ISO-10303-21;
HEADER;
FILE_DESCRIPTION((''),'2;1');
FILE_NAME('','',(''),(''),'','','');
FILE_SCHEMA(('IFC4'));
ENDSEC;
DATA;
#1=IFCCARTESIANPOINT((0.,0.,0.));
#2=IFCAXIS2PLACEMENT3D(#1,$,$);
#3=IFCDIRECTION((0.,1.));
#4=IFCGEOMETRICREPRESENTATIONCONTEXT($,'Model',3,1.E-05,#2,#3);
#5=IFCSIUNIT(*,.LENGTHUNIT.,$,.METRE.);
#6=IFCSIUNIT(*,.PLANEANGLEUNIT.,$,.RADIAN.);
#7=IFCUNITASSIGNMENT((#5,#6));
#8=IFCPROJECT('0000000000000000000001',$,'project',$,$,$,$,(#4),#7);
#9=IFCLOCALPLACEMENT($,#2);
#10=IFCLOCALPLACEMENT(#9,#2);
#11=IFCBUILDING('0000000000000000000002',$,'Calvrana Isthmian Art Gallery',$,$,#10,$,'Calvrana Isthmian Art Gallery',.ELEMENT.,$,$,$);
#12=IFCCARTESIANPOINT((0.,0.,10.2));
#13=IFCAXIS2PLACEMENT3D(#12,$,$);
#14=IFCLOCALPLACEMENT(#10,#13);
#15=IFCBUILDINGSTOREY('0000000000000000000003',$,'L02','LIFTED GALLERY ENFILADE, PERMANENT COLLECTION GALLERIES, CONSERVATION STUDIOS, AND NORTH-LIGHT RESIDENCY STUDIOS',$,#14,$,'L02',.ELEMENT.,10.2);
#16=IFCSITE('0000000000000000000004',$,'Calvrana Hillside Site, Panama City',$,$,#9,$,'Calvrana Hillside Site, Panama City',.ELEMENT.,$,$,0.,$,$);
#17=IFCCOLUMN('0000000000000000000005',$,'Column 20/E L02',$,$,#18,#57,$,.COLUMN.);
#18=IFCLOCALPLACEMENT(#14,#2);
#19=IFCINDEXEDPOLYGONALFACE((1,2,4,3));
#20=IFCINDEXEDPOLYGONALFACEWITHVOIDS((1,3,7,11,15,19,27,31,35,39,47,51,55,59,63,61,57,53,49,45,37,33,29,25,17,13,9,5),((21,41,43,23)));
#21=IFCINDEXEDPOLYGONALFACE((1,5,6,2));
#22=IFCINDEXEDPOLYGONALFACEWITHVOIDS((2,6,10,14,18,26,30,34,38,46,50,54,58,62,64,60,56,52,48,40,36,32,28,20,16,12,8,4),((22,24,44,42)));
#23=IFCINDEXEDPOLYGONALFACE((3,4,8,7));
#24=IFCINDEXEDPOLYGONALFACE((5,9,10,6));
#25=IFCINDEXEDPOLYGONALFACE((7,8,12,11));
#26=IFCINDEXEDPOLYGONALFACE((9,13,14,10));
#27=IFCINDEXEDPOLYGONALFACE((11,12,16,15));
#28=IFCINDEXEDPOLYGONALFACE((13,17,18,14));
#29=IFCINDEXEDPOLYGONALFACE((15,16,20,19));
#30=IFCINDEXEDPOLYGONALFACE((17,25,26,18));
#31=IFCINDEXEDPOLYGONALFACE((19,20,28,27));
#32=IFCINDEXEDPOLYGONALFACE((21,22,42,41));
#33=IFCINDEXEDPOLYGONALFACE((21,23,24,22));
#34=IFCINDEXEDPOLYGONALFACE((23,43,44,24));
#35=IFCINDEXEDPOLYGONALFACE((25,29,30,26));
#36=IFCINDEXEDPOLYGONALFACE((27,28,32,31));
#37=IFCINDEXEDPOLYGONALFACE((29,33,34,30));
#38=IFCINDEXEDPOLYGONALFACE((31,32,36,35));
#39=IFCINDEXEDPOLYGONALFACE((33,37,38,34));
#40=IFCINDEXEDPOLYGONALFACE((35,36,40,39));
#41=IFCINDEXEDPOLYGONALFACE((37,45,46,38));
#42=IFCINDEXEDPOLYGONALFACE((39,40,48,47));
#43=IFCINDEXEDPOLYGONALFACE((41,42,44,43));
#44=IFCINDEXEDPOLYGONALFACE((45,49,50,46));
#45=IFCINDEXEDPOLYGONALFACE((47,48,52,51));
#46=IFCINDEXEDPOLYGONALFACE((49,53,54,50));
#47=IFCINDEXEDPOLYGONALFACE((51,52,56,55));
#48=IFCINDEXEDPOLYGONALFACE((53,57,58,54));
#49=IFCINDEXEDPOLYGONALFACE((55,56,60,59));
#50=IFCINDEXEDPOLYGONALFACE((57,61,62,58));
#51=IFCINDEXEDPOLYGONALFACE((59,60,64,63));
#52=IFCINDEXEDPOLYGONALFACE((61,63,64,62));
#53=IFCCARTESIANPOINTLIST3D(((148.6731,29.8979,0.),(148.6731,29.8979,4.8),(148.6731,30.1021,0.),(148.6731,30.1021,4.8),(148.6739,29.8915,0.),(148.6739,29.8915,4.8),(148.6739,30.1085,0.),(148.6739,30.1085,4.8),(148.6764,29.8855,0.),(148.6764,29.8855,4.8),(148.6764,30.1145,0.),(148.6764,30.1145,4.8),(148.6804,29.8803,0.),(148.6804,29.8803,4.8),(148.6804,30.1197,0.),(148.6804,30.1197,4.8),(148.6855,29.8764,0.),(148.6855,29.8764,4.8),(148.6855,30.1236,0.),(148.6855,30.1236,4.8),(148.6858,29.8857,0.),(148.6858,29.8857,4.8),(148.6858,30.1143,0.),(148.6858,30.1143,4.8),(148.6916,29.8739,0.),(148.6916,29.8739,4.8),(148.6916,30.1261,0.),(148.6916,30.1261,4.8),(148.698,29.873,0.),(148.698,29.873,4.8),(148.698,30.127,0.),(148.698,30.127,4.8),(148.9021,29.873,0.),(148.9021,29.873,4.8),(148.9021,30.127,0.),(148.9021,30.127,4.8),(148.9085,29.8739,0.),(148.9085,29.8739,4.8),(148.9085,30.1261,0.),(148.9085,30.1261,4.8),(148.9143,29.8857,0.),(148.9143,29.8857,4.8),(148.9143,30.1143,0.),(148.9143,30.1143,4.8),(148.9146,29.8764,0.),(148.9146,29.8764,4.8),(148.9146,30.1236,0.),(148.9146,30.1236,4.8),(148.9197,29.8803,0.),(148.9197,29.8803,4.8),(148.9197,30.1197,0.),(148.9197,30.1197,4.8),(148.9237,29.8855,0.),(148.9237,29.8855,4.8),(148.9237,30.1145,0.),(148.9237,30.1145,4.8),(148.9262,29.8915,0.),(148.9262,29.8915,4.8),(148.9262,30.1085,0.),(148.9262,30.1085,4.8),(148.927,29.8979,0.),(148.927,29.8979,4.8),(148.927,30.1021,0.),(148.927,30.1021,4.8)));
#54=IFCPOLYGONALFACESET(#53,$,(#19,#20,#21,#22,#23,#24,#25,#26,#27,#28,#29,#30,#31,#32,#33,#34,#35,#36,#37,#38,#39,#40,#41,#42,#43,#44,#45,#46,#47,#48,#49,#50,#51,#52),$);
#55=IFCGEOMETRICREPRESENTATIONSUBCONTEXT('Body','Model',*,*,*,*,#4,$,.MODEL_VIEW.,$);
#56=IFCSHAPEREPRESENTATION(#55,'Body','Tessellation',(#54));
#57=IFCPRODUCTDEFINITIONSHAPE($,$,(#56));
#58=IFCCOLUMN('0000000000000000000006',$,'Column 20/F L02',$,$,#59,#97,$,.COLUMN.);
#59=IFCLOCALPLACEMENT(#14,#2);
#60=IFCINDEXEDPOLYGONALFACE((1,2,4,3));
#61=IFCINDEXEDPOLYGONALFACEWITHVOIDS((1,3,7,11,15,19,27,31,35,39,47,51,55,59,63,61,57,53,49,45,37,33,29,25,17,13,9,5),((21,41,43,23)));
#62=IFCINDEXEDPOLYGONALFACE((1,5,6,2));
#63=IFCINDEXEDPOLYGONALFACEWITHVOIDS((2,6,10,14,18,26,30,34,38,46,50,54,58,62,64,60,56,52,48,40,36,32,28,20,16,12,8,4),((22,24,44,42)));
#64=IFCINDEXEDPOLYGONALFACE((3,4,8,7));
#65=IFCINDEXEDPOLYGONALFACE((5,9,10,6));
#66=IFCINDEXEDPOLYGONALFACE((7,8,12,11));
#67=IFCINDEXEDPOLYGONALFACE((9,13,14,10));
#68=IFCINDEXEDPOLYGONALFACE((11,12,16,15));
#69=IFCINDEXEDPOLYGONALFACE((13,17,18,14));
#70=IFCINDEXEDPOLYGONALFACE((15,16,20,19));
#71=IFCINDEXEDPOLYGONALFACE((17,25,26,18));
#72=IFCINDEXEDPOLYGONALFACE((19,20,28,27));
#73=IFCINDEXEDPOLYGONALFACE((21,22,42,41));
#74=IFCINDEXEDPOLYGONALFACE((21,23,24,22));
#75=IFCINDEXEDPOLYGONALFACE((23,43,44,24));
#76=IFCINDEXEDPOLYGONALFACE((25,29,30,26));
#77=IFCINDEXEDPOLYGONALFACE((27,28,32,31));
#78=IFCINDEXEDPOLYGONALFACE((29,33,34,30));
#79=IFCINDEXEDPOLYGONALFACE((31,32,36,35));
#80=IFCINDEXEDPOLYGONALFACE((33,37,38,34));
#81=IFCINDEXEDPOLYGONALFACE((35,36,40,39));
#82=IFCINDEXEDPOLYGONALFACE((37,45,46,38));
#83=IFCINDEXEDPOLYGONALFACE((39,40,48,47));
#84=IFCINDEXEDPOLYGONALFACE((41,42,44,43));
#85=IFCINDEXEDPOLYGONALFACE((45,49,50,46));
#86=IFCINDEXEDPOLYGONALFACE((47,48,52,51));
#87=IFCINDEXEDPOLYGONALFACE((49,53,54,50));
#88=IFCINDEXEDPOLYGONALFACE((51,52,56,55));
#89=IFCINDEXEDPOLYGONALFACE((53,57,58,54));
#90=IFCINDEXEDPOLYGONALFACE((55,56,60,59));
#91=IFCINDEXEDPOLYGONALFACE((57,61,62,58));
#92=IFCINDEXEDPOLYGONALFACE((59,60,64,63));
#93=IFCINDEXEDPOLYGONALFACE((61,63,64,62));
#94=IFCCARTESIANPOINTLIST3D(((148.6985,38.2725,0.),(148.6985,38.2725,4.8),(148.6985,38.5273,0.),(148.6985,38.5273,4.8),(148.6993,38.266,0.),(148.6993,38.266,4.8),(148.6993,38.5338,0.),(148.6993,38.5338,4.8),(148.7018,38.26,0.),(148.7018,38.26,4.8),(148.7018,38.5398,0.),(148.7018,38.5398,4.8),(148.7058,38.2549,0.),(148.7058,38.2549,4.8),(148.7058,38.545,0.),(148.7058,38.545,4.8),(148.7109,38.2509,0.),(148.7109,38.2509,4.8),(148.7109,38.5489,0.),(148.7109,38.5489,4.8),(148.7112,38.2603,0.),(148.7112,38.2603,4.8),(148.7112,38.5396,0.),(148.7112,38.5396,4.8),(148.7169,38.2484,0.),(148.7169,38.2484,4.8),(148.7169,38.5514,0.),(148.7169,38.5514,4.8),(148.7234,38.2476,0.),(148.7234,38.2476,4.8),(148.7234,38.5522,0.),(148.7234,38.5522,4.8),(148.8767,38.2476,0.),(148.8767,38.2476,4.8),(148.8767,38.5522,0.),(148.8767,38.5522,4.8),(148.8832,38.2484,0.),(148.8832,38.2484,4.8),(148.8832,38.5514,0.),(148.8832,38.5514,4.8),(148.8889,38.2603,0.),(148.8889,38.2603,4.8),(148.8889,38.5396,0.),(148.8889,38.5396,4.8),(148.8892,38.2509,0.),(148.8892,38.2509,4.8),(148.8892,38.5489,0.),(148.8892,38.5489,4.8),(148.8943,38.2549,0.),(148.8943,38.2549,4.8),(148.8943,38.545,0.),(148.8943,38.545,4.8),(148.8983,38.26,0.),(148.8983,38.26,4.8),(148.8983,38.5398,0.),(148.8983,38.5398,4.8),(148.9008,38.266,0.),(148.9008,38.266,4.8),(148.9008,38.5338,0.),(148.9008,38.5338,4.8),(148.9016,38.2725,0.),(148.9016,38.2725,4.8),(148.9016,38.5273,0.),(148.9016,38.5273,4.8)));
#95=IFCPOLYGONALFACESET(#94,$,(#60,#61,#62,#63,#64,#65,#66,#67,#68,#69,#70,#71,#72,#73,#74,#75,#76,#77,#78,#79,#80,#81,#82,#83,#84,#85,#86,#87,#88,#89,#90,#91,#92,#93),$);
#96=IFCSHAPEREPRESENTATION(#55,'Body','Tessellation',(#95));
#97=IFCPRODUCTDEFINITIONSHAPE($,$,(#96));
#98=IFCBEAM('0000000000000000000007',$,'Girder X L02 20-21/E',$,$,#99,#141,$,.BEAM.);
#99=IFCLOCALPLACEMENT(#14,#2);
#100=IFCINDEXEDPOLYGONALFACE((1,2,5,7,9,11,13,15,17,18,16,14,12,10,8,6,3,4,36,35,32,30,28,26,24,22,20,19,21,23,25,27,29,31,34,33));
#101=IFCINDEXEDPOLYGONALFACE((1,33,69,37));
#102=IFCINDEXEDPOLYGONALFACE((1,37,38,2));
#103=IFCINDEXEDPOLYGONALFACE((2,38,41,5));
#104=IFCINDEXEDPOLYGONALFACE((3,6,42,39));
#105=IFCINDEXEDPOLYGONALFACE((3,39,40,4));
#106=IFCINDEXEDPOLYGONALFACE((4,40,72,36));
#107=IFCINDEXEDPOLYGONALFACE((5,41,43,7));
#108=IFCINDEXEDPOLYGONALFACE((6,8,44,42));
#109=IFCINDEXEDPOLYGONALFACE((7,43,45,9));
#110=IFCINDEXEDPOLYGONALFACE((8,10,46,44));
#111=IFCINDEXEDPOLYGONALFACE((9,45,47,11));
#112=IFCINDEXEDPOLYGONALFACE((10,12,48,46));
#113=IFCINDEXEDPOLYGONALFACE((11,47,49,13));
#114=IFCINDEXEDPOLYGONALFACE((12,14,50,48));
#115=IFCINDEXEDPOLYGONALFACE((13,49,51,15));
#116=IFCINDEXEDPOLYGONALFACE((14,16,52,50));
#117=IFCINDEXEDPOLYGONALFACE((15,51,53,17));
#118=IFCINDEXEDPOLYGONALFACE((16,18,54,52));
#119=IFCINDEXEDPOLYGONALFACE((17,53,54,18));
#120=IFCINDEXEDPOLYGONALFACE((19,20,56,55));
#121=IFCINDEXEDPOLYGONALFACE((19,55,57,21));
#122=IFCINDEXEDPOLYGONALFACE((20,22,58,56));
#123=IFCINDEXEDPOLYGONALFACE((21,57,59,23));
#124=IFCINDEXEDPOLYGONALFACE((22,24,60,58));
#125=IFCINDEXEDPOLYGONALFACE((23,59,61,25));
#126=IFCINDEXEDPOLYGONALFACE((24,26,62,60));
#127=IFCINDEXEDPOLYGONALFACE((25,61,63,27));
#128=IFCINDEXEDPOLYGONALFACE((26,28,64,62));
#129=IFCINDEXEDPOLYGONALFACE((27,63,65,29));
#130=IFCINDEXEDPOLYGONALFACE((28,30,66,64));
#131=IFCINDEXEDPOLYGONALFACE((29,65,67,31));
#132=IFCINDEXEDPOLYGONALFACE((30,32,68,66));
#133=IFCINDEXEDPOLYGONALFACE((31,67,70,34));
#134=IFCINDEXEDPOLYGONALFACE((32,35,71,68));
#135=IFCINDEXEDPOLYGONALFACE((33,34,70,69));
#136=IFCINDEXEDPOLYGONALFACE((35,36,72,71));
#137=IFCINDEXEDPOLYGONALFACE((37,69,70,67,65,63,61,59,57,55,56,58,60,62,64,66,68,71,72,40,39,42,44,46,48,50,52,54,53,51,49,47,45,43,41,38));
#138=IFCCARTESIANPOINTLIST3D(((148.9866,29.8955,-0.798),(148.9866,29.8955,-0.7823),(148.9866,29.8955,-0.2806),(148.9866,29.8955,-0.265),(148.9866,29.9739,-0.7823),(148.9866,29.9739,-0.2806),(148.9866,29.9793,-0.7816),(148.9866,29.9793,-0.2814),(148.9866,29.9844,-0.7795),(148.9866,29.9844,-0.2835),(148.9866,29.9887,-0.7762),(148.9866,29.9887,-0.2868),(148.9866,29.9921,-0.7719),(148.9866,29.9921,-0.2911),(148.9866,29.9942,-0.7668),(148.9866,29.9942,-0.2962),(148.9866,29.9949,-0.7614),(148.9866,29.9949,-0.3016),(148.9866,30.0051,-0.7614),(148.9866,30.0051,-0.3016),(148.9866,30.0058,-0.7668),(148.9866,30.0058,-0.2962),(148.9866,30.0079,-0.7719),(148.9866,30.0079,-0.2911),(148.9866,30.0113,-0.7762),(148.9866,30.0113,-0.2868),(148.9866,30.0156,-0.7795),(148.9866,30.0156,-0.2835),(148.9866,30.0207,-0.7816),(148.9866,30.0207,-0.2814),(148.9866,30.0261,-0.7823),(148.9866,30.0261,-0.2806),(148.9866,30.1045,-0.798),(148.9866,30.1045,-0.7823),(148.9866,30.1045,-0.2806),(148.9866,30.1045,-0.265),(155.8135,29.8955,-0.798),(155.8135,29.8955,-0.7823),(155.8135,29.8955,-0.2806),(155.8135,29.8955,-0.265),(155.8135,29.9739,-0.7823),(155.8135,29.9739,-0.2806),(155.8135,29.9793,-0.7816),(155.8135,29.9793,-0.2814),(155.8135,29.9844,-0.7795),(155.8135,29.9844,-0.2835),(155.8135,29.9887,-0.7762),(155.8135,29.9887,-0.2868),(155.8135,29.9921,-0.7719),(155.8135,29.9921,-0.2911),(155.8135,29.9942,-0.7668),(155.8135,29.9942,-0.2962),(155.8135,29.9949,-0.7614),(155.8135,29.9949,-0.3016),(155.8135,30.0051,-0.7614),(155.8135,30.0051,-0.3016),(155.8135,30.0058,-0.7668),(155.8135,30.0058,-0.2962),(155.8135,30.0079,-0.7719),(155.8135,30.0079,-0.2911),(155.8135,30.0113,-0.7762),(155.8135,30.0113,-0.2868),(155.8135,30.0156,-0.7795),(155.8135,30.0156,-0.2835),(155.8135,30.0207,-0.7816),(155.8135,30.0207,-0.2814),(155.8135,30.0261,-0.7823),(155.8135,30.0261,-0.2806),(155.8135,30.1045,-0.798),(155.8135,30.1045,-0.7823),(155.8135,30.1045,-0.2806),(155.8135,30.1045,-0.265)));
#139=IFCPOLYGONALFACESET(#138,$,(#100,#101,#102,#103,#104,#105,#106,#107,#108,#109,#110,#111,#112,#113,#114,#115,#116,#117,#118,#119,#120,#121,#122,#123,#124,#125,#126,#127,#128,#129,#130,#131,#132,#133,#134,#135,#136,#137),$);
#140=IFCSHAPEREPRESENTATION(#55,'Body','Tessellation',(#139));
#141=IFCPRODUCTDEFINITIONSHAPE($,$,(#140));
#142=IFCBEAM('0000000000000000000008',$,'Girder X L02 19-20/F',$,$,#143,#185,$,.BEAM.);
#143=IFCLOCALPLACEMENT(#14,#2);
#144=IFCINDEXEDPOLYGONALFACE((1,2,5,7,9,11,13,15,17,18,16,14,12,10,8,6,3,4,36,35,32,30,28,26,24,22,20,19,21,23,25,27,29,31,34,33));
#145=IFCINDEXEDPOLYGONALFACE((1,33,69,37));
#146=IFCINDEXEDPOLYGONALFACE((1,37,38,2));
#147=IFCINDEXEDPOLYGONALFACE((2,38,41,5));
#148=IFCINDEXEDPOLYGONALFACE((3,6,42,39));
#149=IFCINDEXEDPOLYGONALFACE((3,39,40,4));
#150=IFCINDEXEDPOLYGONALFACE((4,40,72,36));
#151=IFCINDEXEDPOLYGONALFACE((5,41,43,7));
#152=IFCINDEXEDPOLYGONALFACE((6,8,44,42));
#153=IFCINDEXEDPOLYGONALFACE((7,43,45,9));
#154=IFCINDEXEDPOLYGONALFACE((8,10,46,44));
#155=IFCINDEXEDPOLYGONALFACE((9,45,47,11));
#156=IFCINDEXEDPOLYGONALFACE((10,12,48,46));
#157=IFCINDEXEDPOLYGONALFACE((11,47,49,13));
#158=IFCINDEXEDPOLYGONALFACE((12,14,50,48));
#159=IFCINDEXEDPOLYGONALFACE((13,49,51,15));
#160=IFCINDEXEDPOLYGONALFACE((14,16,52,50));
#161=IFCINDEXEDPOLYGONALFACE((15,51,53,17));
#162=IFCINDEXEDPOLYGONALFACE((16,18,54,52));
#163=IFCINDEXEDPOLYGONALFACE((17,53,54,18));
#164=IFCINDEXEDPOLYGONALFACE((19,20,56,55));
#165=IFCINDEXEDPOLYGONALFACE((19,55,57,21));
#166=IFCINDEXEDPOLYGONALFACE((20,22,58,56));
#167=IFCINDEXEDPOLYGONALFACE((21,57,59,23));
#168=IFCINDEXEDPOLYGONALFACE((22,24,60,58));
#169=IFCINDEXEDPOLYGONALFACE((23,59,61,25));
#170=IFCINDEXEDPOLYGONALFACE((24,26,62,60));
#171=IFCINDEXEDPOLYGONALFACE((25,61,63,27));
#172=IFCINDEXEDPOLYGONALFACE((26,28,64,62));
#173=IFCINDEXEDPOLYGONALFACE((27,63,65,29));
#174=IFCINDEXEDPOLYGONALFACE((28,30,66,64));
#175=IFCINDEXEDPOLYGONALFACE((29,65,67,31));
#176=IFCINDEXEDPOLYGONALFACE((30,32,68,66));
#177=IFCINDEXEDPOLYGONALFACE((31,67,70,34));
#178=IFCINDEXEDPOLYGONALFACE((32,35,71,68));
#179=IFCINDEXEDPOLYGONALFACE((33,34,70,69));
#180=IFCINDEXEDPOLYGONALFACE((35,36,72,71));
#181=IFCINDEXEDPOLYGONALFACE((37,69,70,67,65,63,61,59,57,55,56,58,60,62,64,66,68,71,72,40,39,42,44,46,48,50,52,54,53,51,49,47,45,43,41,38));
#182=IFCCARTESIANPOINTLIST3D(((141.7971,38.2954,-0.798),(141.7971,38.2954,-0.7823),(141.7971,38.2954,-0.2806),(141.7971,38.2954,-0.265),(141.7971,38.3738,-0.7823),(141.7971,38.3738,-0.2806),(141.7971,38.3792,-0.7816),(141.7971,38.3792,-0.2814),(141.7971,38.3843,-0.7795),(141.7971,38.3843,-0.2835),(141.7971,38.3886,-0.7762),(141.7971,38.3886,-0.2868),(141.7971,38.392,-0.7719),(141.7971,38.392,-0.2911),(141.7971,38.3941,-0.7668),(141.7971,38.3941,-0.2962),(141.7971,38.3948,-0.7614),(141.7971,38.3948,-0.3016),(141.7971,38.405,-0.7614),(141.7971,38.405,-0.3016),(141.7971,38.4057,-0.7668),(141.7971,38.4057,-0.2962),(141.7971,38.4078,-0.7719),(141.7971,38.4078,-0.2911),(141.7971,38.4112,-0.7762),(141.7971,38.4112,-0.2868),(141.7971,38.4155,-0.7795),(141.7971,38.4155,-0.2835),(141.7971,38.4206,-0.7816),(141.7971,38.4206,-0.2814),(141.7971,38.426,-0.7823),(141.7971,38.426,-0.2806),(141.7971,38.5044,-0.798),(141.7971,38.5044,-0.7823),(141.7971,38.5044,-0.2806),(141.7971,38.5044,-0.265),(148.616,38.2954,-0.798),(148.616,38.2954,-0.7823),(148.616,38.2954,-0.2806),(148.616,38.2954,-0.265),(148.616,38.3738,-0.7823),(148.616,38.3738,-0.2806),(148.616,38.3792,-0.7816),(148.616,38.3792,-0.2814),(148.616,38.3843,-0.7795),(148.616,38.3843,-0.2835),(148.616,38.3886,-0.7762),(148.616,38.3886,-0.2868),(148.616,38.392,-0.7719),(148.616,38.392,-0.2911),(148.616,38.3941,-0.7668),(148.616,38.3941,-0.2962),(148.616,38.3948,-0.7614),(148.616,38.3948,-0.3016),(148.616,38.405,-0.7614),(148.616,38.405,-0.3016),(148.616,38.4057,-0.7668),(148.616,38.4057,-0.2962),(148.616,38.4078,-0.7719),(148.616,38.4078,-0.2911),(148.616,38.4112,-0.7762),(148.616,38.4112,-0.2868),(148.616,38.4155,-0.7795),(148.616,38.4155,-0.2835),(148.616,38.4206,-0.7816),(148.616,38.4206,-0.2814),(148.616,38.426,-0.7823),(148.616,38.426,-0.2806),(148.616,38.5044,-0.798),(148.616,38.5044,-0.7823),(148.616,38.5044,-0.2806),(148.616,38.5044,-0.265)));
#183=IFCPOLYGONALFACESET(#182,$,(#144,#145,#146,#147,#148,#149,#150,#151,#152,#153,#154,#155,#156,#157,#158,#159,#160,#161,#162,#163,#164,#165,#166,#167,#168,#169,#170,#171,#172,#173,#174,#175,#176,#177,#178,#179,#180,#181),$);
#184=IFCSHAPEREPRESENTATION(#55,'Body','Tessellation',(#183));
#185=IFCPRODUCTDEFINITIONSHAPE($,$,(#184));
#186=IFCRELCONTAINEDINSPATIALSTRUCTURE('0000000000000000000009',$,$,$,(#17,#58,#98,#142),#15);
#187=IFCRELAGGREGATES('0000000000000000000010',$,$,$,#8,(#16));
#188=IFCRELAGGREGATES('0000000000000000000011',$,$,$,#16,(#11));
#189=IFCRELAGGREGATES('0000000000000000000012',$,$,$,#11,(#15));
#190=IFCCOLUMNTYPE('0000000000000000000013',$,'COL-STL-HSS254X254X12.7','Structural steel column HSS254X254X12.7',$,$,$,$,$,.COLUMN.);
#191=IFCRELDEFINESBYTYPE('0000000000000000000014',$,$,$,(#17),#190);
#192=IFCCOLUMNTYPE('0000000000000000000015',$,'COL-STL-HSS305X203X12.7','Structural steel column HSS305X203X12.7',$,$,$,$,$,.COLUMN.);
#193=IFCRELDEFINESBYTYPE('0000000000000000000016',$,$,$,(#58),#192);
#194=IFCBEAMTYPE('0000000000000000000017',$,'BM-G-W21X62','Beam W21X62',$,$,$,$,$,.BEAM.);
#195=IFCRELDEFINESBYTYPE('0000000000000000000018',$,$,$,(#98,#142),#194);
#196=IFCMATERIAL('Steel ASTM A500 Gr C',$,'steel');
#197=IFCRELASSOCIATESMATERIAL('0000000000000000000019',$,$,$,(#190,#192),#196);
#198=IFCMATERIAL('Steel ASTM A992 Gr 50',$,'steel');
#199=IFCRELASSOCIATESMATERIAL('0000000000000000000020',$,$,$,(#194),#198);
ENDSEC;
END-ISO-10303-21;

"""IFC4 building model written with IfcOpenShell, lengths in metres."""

from ifc_helpers import new_model, si_unit, direction, frame, origin, origin_2d, place, context, subcontext, project, spatial, hollow_rectangle, i_section, extrude, material, material_profile, profile_set, type_object, element, save


model = new_model("IFC4")

# Units and contexts
model_context = context("Model", 3, precision=1e-05, world=origin(), true_north=direction((0.0, 1.0)))
body_context = subcontext(model_context, "Body", "Model", "MODEL_VIEW")
ifc_project = project(units=[si_unit("LENGTHUNIT", "METRE"), si_unit("PLANEANGLEUNIT", "RADIAN")], contexts=[model_context])

# Site, building, storey
site_placement = place(None, origin())
site = spatial("IfcSite", under=ifc_project, at=site_placement, Name="Calvrana Hillside Site, Panama City", LongName="Calvrana Hillside Site, Panama City", CompositionType="ELEMENT", RefElevation=0.0)
building_placement = place(site_placement, origin())
building = spatial("IfcBuilding", under=site, at=building_placement, Name="Calvrana Isthmian Art Gallery", LongName="Calvrana Isthmian Art Gallery", CompositionType="ELEMENT")
storey_placement = place(building_placement, frame((0.0, 0.0, 10.2)))
storey = spatial("IfcBuildingStorey", under=building, at=storey_placement, Name="L02", Description="LIFTED GALLERY ENFILADE, PERMANENT COLLECTION GALLERIES, CONSERVATION STUDIOS, AND NORTH-LIGHT RESIDENCY STUDIOS", LongName="L02", CompositionType="ELEMENT", Elevation=10.2)

# Columns
ifc_material_1 = material(Name="Steel ASTM A500 Gr C", Category="steel")
ifc_material_profile_1 = material_profile(ifc_material_1, hollow_rectangle(XDim=0.2539, YDim=0.2539, WallThickness=0.0127, OuterFilletRadius=0.0249, at=origin_2d()), Name="HSS254X254X12.7")
ifc_profile_set_1 = profile_set([ifc_material_profile_1], Name="Steel ASTM A500 Gr C")
column_type_1 = type_object("IfcColumnType", Name="COL-STL-HSS254X254X12.7", Description="Structural steel column HSS254X254X12.7", PredefinedType="COLUMN", material=ifc_profile_set_1)
column_1_placement = place(storey_placement, frame((148.8, 30.0, 0.0), z_axis=(0.0, 0.0, 1.0), x_axis=(1.0, 0.0, 0.0)))
element("IfcColumn", 1, at=column_1_placement, inside=storey, type_object=column_type_1, Name="Column 20/E L02", PredefinedType="COLUMN", context=body_context, shape_type="SweptSolid", body=[
    extrude(hollow_rectangle(XDim=0.2539, YDim=0.2539, WallThickness=0.0127, OuterFilletRadius=0.0249, at=origin_2d()), origin(), (0.0, 0.0, 1.0), 4.8),
])
ifc_material_profile_2 = material_profile(ifc_material_1, hollow_rectangle(XDim=0.2031, YDim=0.3047, WallThickness=0.0127, OuterFilletRadius=0.0249, at=origin_2d()), Name="HSS305X203X12.7")
ifc_profile_set_2 = profile_set([ifc_material_profile_2], Name="Steel ASTM A500 Gr C")
column_type_2 = type_object("IfcColumnType", Name="COL-STL-HSS305X203X12.7", Description="Structural steel column HSS305X203X12.7", PredefinedType="COLUMN", material=ifc_profile_set_2)
column_2_placement = place(storey_placement, frame((148.8, 38.3999, 0.0), z_axis=(0.0, 0.0, 1.0), x_axis=(1.0, 0.0, 0.0)))
element("IfcColumn", 2, at=column_2_placement, inside=storey, type_object=column_type_2, Name="Column 20/F L02", PredefinedType="COLUMN", context=body_context, shape_type="SweptSolid", body=[
    extrude(hollow_rectangle(XDim=0.2031, YDim=0.3047, WallThickness=0.0127, OuterFilletRadius=0.0249, at=origin_2d()), origin(), (0.0, 0.0, 1.0), 4.8),
])

# Beams
ifc_material_2 = material(Name="Steel ASTM A992 Gr 50", Category="steel")
ifc_material_profile_3 = material_profile(ifc_material_2, i_section(OverallWidth=0.209, OverallDepth=0.533, WebThickness=0.0103, FlangeThickness=0.0156, FilletRadius=0.021, at=origin_2d()), Name="W21X62")
ifc_profile_set_3 = profile_set([ifc_material_profile_3], Name="Steel ASTM A992 Gr 50")
beam_type_1 = type_object("IfcBeamType", Name="BM-G-W21X62", Description="Beam W21X62", PredefinedType="BEAM", material=ifc_profile_set_3)
beam_1_placement = place(storey_placement, frame((148.9866, 30.0, -0.5315), z_axis=(1.0, 0.0, 0.0), x_axis=(0.0, 1.0, 0.0)))
element("IfcBeam", 3, at=beam_1_placement, inside=storey, type_object=beam_type_1, Name="Girder X L02 20-21/E", PredefinedType="BEAM", context=body_context, shape_type="SweptSolid", body=[
    extrude(i_section(OverallWidth=0.209, OverallDepth=0.533, WebThickness=0.0103, FlangeThickness=0.0156, FilletRadius=0.021, at=origin_2d()), origin(), (0.0, 0.0, 1.0), 6.8269),
])
beam_2_placement = place(storey_placement, frame((141.7971, 38.3999, -0.5315), z_axis=(1.0, 0.0, 0.0), x_axis=(0.0, 1.0, 0.0)))
element("IfcBeam", 4, at=beam_2_placement, inside=storey, type_object=beam_type_1, Name="Girder X L02 19-20/F", PredefinedType="BEAM", context=body_context, shape_type="SweptSolid", body=[
    extrude(i_section(OverallWidth=0.209, OverallDepth=0.533, WebThickness=0.0103, FlangeThickness=0.0156, FilletRadius=0.021, at=origin_2d()), origin(), (0.0, 0.0, 1.0), 6.8188),
])

save(model, "model.ifc")
